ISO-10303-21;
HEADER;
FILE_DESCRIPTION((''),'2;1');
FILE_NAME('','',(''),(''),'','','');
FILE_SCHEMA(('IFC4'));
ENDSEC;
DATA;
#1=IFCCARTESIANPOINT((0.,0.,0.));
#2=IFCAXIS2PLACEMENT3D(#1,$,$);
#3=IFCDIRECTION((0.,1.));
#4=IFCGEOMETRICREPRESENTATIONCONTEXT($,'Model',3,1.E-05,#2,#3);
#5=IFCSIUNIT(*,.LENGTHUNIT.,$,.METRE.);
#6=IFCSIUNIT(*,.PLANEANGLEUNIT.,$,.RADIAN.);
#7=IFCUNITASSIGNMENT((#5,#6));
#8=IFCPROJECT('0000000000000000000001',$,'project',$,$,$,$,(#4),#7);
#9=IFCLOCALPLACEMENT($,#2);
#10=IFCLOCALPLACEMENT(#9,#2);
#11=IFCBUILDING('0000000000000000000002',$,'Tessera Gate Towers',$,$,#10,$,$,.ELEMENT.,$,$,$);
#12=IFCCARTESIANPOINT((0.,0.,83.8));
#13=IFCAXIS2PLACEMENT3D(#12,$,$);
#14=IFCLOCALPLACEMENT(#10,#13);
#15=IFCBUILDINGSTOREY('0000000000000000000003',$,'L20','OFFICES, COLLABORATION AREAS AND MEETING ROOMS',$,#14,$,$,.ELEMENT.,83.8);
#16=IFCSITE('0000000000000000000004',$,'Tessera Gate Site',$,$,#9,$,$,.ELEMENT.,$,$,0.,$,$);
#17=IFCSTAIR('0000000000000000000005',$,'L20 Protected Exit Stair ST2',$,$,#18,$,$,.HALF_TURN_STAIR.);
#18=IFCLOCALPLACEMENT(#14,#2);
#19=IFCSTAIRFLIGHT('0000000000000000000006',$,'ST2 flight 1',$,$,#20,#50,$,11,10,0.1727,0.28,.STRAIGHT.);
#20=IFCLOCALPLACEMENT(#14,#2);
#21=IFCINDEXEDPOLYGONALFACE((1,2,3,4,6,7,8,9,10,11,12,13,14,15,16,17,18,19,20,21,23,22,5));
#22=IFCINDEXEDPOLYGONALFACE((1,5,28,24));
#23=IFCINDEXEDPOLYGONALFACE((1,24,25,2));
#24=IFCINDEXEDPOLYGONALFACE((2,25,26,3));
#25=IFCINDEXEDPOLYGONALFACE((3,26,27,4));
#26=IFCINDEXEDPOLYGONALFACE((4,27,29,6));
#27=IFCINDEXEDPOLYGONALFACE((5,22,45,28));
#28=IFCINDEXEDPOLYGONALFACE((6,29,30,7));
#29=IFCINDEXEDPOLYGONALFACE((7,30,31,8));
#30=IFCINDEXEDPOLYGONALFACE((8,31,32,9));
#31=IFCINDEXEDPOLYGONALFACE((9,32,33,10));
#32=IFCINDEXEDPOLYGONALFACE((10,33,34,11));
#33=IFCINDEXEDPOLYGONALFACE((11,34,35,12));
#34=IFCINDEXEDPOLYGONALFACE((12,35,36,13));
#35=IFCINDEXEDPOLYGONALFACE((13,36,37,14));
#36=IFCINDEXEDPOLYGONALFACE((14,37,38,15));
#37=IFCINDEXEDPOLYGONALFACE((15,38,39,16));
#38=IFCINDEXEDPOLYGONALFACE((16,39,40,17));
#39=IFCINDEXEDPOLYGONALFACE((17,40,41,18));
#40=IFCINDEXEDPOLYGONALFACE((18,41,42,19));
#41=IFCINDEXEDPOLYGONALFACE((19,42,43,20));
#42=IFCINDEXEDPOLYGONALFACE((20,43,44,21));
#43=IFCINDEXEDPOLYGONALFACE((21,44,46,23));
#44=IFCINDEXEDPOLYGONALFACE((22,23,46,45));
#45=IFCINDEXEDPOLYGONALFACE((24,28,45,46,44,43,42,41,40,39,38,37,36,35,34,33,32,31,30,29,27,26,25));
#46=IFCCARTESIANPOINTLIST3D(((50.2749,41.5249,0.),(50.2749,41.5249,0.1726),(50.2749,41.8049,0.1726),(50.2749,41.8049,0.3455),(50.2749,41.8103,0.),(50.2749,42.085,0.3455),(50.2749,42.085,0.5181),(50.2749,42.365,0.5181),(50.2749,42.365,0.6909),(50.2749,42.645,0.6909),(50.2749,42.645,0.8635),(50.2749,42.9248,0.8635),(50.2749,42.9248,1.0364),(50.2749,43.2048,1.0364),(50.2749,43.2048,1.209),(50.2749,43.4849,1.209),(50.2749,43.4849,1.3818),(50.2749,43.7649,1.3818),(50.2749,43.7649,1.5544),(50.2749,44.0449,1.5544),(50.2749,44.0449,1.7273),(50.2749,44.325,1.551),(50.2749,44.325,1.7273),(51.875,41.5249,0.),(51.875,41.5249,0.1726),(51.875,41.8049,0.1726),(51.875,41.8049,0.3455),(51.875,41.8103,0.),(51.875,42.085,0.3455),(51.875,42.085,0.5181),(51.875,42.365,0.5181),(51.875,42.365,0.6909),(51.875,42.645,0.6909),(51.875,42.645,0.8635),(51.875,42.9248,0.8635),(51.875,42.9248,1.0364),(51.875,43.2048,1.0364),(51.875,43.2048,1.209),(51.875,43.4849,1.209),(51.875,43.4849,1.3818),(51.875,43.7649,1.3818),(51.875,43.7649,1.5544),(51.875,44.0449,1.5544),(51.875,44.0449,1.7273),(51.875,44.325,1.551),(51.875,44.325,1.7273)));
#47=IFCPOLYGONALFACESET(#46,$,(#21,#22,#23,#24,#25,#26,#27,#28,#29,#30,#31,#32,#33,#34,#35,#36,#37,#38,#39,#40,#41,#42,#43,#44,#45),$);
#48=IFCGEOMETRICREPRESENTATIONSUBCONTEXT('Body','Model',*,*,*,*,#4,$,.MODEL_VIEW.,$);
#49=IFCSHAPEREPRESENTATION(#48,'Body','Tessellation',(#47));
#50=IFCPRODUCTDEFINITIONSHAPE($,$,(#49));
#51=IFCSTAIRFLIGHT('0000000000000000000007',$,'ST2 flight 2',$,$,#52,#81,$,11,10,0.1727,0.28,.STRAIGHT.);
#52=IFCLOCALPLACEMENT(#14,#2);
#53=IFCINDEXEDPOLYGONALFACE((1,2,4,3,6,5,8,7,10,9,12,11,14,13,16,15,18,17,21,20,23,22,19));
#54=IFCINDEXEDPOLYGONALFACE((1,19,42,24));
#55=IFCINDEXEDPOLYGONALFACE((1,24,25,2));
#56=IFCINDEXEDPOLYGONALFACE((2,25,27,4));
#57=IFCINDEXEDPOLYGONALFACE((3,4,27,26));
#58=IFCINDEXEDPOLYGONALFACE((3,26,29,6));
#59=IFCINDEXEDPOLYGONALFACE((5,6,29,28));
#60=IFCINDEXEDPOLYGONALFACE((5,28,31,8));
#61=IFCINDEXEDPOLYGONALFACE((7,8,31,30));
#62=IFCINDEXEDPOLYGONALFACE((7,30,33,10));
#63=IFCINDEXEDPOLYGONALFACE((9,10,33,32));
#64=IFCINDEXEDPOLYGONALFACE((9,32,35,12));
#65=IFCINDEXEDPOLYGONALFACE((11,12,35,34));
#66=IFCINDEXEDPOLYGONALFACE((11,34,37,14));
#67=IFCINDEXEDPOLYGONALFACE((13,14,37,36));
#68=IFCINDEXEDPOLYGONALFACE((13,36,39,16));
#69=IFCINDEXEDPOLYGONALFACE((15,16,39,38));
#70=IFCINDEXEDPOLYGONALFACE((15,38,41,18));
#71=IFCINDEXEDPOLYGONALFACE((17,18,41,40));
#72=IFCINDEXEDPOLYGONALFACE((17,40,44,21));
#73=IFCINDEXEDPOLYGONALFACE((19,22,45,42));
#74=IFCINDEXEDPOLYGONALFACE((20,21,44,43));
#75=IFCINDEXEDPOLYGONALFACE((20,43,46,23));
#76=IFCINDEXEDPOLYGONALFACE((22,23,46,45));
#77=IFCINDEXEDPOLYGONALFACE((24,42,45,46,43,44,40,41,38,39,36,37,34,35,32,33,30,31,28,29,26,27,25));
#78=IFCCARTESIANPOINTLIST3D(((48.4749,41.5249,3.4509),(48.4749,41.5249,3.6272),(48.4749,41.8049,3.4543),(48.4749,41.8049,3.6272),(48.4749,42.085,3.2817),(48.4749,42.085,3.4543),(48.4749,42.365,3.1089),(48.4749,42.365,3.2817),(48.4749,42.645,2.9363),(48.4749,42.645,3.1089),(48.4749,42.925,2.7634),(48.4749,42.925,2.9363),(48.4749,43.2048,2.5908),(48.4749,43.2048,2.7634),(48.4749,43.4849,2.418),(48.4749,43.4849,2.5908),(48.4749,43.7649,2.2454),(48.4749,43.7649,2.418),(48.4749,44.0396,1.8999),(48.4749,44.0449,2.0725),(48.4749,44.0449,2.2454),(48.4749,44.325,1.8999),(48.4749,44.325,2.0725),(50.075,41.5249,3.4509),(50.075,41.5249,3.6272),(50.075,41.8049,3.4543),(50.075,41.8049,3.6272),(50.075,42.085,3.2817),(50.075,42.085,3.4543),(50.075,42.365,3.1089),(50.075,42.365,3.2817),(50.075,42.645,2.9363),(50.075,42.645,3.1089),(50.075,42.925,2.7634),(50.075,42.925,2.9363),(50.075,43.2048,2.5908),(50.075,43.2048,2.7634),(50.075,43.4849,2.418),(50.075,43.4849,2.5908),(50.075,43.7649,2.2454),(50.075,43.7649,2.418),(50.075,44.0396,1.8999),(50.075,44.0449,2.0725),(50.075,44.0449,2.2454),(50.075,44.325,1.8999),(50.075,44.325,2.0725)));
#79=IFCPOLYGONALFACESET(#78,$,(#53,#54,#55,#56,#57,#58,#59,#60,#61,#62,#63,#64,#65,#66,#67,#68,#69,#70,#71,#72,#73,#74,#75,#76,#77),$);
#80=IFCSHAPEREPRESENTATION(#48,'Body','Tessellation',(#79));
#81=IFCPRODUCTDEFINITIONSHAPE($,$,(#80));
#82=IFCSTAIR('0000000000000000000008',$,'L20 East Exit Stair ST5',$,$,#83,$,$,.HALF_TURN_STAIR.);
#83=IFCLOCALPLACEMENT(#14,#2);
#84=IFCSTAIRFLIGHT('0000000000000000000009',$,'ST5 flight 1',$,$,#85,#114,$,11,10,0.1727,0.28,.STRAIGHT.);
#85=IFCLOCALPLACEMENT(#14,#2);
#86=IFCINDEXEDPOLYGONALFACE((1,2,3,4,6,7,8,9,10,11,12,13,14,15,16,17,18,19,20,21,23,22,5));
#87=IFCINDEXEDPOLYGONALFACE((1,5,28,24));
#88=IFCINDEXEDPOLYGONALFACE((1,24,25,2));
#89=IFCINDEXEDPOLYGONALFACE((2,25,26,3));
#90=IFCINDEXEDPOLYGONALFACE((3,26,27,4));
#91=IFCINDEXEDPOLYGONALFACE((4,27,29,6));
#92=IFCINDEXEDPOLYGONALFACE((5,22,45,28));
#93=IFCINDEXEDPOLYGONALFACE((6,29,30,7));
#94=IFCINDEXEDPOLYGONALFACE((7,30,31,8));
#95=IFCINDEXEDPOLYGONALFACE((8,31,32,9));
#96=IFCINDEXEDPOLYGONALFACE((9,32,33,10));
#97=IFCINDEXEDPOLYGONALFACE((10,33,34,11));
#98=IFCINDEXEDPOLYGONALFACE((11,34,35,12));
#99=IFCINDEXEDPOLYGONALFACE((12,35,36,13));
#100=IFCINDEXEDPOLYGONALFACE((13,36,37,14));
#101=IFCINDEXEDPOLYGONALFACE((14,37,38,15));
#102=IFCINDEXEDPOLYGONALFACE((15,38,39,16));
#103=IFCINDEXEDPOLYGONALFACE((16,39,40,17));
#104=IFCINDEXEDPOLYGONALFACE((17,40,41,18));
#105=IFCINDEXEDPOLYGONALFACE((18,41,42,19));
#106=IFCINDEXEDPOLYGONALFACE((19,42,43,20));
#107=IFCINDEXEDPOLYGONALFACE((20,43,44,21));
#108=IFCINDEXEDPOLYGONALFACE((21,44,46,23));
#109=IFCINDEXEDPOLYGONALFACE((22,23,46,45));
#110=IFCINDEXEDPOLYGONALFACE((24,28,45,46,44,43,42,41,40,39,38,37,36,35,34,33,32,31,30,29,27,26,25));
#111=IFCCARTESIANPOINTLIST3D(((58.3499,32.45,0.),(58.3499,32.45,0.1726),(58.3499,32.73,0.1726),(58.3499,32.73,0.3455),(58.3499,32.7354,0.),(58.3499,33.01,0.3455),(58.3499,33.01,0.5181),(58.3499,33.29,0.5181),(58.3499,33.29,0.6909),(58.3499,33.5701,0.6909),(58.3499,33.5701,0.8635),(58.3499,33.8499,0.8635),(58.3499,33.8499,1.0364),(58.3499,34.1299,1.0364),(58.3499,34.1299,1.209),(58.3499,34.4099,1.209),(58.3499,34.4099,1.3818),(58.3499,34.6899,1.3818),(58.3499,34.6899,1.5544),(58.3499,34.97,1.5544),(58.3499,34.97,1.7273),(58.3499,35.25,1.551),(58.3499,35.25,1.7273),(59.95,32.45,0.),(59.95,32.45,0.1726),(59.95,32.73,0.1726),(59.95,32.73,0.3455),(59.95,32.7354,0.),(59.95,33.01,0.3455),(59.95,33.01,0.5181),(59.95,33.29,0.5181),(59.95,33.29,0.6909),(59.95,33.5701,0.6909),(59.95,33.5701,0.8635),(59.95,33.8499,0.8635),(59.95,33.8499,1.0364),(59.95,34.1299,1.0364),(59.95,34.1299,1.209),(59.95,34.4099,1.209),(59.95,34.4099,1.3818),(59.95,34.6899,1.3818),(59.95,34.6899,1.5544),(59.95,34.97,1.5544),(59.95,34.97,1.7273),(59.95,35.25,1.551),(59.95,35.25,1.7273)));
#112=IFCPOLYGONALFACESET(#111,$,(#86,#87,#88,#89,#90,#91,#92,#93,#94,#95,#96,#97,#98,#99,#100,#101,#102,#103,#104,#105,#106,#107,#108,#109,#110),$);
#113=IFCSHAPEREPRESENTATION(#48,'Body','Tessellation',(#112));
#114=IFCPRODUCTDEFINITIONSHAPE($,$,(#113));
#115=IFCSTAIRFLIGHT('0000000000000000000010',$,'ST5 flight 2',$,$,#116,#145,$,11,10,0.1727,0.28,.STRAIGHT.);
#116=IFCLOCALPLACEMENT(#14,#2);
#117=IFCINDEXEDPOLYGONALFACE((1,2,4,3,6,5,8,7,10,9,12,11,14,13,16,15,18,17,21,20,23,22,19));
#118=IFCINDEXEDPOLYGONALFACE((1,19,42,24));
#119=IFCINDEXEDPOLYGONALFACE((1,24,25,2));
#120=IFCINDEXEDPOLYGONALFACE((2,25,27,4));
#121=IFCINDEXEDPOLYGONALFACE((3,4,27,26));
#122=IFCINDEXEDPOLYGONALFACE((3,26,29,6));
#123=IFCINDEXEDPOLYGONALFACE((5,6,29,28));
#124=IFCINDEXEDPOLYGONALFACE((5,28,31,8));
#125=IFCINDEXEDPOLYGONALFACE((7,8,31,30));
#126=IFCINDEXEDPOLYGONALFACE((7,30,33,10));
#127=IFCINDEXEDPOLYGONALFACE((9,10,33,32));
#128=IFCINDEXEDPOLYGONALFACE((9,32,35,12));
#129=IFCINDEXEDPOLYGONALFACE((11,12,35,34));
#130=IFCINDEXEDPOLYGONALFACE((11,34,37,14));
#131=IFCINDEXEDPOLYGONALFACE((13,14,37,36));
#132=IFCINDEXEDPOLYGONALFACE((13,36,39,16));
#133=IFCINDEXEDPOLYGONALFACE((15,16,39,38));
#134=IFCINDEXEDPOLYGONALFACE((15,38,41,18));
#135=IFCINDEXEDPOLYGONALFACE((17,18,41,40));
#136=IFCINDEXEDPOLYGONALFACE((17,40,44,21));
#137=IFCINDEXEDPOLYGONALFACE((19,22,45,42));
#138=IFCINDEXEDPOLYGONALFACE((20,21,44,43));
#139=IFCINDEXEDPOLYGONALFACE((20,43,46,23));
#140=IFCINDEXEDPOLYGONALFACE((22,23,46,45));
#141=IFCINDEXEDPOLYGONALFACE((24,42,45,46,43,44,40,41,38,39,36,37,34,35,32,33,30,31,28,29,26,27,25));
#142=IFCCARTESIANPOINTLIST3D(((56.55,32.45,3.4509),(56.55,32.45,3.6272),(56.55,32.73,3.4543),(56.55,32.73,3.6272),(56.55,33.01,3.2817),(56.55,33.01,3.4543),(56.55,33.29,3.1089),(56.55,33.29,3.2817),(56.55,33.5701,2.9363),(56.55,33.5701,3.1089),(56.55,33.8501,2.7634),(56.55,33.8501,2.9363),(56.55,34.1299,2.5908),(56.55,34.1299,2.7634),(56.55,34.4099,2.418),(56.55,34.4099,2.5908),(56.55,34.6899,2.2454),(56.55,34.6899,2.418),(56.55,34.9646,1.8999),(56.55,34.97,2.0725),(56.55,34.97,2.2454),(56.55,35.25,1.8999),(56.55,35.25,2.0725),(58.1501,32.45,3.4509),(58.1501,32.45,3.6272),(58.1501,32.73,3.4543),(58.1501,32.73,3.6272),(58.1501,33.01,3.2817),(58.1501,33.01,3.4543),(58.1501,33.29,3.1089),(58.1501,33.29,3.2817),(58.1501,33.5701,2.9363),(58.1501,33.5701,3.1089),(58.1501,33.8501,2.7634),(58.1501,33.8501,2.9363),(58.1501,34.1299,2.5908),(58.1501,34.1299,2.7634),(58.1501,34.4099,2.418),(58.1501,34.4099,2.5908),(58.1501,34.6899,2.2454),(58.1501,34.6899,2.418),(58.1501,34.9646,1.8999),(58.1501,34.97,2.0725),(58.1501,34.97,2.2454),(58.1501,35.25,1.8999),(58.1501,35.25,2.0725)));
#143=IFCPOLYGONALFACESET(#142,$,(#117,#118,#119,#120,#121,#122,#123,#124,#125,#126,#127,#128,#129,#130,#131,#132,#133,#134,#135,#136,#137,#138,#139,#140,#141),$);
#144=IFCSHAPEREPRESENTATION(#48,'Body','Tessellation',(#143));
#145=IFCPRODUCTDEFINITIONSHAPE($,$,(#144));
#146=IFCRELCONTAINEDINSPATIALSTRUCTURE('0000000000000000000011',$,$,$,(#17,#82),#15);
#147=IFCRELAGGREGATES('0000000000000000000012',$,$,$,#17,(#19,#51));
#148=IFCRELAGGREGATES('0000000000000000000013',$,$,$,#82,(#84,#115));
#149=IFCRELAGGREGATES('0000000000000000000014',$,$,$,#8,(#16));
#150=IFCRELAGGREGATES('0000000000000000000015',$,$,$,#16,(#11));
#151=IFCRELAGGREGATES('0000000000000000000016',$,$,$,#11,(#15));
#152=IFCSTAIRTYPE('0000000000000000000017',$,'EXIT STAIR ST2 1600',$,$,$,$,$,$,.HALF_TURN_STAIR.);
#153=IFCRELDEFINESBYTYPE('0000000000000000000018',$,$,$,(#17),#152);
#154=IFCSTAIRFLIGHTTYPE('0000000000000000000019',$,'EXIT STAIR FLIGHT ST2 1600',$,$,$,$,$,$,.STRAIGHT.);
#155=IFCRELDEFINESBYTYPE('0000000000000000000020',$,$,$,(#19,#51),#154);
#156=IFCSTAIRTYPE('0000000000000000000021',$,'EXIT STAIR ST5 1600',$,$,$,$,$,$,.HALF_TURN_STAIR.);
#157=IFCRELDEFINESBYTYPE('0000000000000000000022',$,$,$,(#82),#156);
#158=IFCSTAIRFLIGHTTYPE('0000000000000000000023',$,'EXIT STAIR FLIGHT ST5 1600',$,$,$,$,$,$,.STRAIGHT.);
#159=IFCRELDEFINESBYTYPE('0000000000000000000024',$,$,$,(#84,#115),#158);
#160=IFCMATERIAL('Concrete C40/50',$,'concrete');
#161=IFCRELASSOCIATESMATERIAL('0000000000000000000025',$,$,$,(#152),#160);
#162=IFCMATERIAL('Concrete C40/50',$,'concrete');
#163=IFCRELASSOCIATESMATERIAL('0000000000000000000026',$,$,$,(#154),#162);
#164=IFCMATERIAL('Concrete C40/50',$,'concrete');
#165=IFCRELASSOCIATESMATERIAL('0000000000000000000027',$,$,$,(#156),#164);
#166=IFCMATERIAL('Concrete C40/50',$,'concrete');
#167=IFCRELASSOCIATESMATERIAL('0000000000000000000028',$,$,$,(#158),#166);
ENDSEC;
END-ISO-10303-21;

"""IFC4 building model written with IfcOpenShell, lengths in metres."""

from ifc_helpers import new_model, si_unit, direction, frame, origin, place, context, subcontext, project, spatial, polyline, outline, extrude, material, type_object, element, aggregate, save


model = new_model("IFC4")

# Units and contexts
model_context = context("Model", 3, precision=1e-05, world=origin(), true_north=direction((0.0, 1.0)))
body_context = subcontext(model_context, "Body", "Model", "MODEL_VIEW")
ifc_project = project(units=[si_unit("LENGTHUNIT", "METRE"), si_unit("PLANEANGLEUNIT", "RADIAN")], contexts=[model_context])

# Site, building, storey
site_placement = place(None, origin())
site = spatial("IfcSite", under=ifc_project, at=site_placement, Name="Tessera Gate Site", CompositionType="ELEMENT", RefElevation=0.0)
building_placement = place(site_placement, origin())
building = spatial("IfcBuilding", under=site, at=building_placement, Name="Tessera Gate Towers", CompositionType="ELEMENT")
storey_placement = place(building_placement, frame((0.0, 0.0, 83.8)))
storey = spatial("IfcBuildingStorey", under=building, at=storey_placement, Name="L20", Description="OFFICES, COLLABORATION AREAS AND MEETING ROOMS", CompositionType="ELEMENT", Elevation=83.8)

# Stairs, stair flights
ifc_material_1 = material(Name="Concrete C40/50", Category="concrete")
stair_type_1 = type_object("IfcStairType", Name="EXIT STAIR ST2 1600", PredefinedType="HALF_TURN_STAIR", material=ifc_material_1)
stair_1_placement = place(storey_placement, origin())
stair_1 = element("IfcStair", 1, at=stair_1_placement, inside=storey, type_object=stair_type_1, Name="L20 Protected Exit Stair ST2", PredefinedType="HALF_TURN_STAIR")
ifc_material_2 = material(Name="Concrete C40/50", Category="concrete")
stair_flight_type_1 = type_object("IfcStairFlightType", Name="EXIT STAIR FLIGHT ST2 1600", PredefinedType="STRAIGHT", material=ifc_material_2)
stair_flight_1_placement = place(storey_placement, frame((51.075, 41.5249, 0.0), z_axis=(0.0, 0.0, 1.0), x_axis=(0.0, 1.0, 0.0)))
stair_flight_1 = element("IfcStairFlight", 2, at=stair_flight_1_placement, type_object=stair_flight_type_1, Name="ST2 flight 1", NumberOfRisers=11, NumberOfTreads=10, PredefinedType="STRAIGHT", RiserHeight=0.1727, TreadLength=0.28, context=body_context, shape_type="SweptSolid", body=[
    extrude(outline(polyline([(0.0, 0.0), (0.0, 0.1726), (0.28, 0.1726), (0.28, 0.3455), (0.5601, 0.3455), (0.5601, 0.5181), (0.8401, 0.5181), (0.8401, 0.6909), (1.1201, 0.6909), (1.1201, 0.8635), (1.3999, 0.8635), (1.3999, 1.0364), (1.6799, 1.0364), (1.6799, 1.209), (1.96, 1.209), (1.96, 1.3818), (2.24, 1.3818), (2.24, 1.5544), (2.52, 1.5544), (2.52, 1.7273), (2.8, 1.7273), (2.8, 1.8999), (2.8, 1.551), (0.2854, 0.0), (0.0, 0.0)])), frame((0.0, 0.8, 0.0), z_axis=(0.0, -1.0, 0.0), x_axis=(1.0, 0.0, 0.0)), (0.0, 0.0, 1.0), 1.6001),
])
stair_flight_2_placement = place(storey_placement, frame((49.2749, 44.325, 1.8999), z_axis=(0.0, 0.0, 1.0), x_axis=(0.0, -1.0, 0.0)))
stair_flight_2 = element("IfcStairFlight", 3, at=stair_flight_2_placement, type_object=stair_flight_type_1, Name="ST2 flight 2", NumberOfRisers=11, NumberOfTreads=10, PredefinedType="STRAIGHT", RiserHeight=0.1727, TreadLength=0.28, context=body_context, shape_type="SweptSolid", body=[
    extrude(outline(polyline([(0.0, 0.0), (0.0, 0.1726), (0.28, 0.1726), (0.28, 0.3455), (0.5601, 0.3455), (0.5601, 0.5181), (0.8401, 0.5181), (0.8401, 0.6909), (1.1201, 0.6909), (1.1201, 0.8635), (1.3999, 0.8635), (1.3999, 1.0364), (1.6799, 1.0364), (1.6799, 1.209), (1.96, 1.209), (1.96, 1.3818), (2.24, 1.3818), (2.24, 1.5544), (2.52, 1.5544), (2.52, 1.7273), (2.8, 1.7273), (2.8, 1.8999), (2.8, 1.551), (0.2854, 0.0), (0.0, 0.0)])), frame((0.0, 0.8, 0.0), z_axis=(0.0, -1.0, 0.0), x_axis=(1.0, 0.0, 0.0)), (0.0, 0.0, 1.0), 1.6001),
])
aggregate(stair_1, [stair_flight_1, stair_flight_2])
ifc_material_3 = material(Name="Concrete C40/50", Category="concrete")
stair_type_2 = type_object("IfcStairType", Name="EXIT STAIR ST5 1600", PredefinedType="HALF_TURN_STAIR", material=ifc_material_3)
stair_2_placement = place(storey_placement, origin())
stair_2 = element("IfcStair", 4, at=stair_2_placement, inside=storey, type_object=stair_type_2, Name="L20 East Exit Stair ST5", PredefinedType="HALF_TURN_STAIR")
ifc_material_4 = material(Name="Concrete C40/50", Category="concrete")
stair_flight_type_2 = type_object("IfcStairFlightType", Name="EXIT STAIR FLIGHT ST5 1600", PredefinedType="STRAIGHT", material=ifc_material_4)
stair_flight_3_placement = place(storey_placement, frame((59.1499, 32.45, 0.0), z_axis=(0.0, 0.0, 1.0), x_axis=(0.0, 1.0, 0.0)))
stair_flight_3 = element("IfcStairFlight", 5, at=stair_flight_3_placement, type_object=stair_flight_type_2, Name="ST5 flight 1", NumberOfRisers=11, NumberOfTreads=10, PredefinedType="STRAIGHT", RiserHeight=0.1727, TreadLength=0.28, context=body_context, shape_type="SweptSolid", body=[
    extrude(outline(polyline([(0.0, 0.0), (0.0, 0.1726), (0.28, 0.1726), (0.28, 0.3455), (0.5601, 0.3455), (0.5601, 0.5181), (0.8401, 0.5181), (0.8401, 0.6909), (1.1201, 0.6909), (1.1201, 0.8635), (1.3999, 0.8635), (1.3999, 1.0364), (1.6799, 1.0364), (1.6799, 1.209), (1.96, 1.209), (1.96, 1.3818), (2.24, 1.3818), (2.24, 1.5544), (2.52, 1.5544), (2.52, 1.7273), (2.8, 1.7273), (2.8, 1.8999), (2.8, 1.551), (0.2854, 0.0), (0.0, 0.0)])), frame((0.0, 0.8, 0.0), z_axis=(0.0, -1.0, 0.0), x_axis=(1.0, 0.0, 0.0)), (0.0, 0.0, 1.0), 1.6001),
])
stair_flight_4_placement = place(storey_placement, frame((57.3501, 35.25, 1.8999), z_axis=(0.0, 0.0, 1.0), x_axis=(0.0, -1.0, 0.0)))
stair_flight_4 = element("IfcStairFlight", 6, at=stair_flight_4_placement, type_object=stair_flight_type_2, Name="ST5 flight 2", NumberOfRisers=11, NumberOfTreads=10, PredefinedType="STRAIGHT", RiserHeight=0.1727, TreadLength=0.28, context=body_context, shape_type="SweptSolid", body=[
    extrude(outline(polyline([(0.0, 0.0), (0.0, 0.1726), (0.28, 0.1726), (0.28, 0.3455), (0.5601, 0.3455), (0.5601, 0.5181), (0.8401, 0.5181), (0.8401, 0.6909), (1.1201, 0.6909), (1.1201, 0.8635), (1.3999, 0.8635), (1.3999, 1.0364), (1.6799, 1.0364), (1.6799, 1.209), (1.96, 1.209), (1.96, 1.3818), (2.24, 1.3818), (2.24, 1.5544), (2.52, 1.5544), (2.52, 1.7273), (2.8, 1.7273), (2.8, 1.8999), (2.8, 1.551), (0.2854, 0.0), (0.0, 0.0)])), frame((0.0, 0.8, 0.0), z_axis=(0.0, -1.0, 0.0), x_axis=(1.0, 0.0, 0.0)), (0.0, 0.0, 1.0), 1.6001),
])
aggregate(stair_2, [stair_flight_3, stair_flight_4])

save(model, "model.ifc")
